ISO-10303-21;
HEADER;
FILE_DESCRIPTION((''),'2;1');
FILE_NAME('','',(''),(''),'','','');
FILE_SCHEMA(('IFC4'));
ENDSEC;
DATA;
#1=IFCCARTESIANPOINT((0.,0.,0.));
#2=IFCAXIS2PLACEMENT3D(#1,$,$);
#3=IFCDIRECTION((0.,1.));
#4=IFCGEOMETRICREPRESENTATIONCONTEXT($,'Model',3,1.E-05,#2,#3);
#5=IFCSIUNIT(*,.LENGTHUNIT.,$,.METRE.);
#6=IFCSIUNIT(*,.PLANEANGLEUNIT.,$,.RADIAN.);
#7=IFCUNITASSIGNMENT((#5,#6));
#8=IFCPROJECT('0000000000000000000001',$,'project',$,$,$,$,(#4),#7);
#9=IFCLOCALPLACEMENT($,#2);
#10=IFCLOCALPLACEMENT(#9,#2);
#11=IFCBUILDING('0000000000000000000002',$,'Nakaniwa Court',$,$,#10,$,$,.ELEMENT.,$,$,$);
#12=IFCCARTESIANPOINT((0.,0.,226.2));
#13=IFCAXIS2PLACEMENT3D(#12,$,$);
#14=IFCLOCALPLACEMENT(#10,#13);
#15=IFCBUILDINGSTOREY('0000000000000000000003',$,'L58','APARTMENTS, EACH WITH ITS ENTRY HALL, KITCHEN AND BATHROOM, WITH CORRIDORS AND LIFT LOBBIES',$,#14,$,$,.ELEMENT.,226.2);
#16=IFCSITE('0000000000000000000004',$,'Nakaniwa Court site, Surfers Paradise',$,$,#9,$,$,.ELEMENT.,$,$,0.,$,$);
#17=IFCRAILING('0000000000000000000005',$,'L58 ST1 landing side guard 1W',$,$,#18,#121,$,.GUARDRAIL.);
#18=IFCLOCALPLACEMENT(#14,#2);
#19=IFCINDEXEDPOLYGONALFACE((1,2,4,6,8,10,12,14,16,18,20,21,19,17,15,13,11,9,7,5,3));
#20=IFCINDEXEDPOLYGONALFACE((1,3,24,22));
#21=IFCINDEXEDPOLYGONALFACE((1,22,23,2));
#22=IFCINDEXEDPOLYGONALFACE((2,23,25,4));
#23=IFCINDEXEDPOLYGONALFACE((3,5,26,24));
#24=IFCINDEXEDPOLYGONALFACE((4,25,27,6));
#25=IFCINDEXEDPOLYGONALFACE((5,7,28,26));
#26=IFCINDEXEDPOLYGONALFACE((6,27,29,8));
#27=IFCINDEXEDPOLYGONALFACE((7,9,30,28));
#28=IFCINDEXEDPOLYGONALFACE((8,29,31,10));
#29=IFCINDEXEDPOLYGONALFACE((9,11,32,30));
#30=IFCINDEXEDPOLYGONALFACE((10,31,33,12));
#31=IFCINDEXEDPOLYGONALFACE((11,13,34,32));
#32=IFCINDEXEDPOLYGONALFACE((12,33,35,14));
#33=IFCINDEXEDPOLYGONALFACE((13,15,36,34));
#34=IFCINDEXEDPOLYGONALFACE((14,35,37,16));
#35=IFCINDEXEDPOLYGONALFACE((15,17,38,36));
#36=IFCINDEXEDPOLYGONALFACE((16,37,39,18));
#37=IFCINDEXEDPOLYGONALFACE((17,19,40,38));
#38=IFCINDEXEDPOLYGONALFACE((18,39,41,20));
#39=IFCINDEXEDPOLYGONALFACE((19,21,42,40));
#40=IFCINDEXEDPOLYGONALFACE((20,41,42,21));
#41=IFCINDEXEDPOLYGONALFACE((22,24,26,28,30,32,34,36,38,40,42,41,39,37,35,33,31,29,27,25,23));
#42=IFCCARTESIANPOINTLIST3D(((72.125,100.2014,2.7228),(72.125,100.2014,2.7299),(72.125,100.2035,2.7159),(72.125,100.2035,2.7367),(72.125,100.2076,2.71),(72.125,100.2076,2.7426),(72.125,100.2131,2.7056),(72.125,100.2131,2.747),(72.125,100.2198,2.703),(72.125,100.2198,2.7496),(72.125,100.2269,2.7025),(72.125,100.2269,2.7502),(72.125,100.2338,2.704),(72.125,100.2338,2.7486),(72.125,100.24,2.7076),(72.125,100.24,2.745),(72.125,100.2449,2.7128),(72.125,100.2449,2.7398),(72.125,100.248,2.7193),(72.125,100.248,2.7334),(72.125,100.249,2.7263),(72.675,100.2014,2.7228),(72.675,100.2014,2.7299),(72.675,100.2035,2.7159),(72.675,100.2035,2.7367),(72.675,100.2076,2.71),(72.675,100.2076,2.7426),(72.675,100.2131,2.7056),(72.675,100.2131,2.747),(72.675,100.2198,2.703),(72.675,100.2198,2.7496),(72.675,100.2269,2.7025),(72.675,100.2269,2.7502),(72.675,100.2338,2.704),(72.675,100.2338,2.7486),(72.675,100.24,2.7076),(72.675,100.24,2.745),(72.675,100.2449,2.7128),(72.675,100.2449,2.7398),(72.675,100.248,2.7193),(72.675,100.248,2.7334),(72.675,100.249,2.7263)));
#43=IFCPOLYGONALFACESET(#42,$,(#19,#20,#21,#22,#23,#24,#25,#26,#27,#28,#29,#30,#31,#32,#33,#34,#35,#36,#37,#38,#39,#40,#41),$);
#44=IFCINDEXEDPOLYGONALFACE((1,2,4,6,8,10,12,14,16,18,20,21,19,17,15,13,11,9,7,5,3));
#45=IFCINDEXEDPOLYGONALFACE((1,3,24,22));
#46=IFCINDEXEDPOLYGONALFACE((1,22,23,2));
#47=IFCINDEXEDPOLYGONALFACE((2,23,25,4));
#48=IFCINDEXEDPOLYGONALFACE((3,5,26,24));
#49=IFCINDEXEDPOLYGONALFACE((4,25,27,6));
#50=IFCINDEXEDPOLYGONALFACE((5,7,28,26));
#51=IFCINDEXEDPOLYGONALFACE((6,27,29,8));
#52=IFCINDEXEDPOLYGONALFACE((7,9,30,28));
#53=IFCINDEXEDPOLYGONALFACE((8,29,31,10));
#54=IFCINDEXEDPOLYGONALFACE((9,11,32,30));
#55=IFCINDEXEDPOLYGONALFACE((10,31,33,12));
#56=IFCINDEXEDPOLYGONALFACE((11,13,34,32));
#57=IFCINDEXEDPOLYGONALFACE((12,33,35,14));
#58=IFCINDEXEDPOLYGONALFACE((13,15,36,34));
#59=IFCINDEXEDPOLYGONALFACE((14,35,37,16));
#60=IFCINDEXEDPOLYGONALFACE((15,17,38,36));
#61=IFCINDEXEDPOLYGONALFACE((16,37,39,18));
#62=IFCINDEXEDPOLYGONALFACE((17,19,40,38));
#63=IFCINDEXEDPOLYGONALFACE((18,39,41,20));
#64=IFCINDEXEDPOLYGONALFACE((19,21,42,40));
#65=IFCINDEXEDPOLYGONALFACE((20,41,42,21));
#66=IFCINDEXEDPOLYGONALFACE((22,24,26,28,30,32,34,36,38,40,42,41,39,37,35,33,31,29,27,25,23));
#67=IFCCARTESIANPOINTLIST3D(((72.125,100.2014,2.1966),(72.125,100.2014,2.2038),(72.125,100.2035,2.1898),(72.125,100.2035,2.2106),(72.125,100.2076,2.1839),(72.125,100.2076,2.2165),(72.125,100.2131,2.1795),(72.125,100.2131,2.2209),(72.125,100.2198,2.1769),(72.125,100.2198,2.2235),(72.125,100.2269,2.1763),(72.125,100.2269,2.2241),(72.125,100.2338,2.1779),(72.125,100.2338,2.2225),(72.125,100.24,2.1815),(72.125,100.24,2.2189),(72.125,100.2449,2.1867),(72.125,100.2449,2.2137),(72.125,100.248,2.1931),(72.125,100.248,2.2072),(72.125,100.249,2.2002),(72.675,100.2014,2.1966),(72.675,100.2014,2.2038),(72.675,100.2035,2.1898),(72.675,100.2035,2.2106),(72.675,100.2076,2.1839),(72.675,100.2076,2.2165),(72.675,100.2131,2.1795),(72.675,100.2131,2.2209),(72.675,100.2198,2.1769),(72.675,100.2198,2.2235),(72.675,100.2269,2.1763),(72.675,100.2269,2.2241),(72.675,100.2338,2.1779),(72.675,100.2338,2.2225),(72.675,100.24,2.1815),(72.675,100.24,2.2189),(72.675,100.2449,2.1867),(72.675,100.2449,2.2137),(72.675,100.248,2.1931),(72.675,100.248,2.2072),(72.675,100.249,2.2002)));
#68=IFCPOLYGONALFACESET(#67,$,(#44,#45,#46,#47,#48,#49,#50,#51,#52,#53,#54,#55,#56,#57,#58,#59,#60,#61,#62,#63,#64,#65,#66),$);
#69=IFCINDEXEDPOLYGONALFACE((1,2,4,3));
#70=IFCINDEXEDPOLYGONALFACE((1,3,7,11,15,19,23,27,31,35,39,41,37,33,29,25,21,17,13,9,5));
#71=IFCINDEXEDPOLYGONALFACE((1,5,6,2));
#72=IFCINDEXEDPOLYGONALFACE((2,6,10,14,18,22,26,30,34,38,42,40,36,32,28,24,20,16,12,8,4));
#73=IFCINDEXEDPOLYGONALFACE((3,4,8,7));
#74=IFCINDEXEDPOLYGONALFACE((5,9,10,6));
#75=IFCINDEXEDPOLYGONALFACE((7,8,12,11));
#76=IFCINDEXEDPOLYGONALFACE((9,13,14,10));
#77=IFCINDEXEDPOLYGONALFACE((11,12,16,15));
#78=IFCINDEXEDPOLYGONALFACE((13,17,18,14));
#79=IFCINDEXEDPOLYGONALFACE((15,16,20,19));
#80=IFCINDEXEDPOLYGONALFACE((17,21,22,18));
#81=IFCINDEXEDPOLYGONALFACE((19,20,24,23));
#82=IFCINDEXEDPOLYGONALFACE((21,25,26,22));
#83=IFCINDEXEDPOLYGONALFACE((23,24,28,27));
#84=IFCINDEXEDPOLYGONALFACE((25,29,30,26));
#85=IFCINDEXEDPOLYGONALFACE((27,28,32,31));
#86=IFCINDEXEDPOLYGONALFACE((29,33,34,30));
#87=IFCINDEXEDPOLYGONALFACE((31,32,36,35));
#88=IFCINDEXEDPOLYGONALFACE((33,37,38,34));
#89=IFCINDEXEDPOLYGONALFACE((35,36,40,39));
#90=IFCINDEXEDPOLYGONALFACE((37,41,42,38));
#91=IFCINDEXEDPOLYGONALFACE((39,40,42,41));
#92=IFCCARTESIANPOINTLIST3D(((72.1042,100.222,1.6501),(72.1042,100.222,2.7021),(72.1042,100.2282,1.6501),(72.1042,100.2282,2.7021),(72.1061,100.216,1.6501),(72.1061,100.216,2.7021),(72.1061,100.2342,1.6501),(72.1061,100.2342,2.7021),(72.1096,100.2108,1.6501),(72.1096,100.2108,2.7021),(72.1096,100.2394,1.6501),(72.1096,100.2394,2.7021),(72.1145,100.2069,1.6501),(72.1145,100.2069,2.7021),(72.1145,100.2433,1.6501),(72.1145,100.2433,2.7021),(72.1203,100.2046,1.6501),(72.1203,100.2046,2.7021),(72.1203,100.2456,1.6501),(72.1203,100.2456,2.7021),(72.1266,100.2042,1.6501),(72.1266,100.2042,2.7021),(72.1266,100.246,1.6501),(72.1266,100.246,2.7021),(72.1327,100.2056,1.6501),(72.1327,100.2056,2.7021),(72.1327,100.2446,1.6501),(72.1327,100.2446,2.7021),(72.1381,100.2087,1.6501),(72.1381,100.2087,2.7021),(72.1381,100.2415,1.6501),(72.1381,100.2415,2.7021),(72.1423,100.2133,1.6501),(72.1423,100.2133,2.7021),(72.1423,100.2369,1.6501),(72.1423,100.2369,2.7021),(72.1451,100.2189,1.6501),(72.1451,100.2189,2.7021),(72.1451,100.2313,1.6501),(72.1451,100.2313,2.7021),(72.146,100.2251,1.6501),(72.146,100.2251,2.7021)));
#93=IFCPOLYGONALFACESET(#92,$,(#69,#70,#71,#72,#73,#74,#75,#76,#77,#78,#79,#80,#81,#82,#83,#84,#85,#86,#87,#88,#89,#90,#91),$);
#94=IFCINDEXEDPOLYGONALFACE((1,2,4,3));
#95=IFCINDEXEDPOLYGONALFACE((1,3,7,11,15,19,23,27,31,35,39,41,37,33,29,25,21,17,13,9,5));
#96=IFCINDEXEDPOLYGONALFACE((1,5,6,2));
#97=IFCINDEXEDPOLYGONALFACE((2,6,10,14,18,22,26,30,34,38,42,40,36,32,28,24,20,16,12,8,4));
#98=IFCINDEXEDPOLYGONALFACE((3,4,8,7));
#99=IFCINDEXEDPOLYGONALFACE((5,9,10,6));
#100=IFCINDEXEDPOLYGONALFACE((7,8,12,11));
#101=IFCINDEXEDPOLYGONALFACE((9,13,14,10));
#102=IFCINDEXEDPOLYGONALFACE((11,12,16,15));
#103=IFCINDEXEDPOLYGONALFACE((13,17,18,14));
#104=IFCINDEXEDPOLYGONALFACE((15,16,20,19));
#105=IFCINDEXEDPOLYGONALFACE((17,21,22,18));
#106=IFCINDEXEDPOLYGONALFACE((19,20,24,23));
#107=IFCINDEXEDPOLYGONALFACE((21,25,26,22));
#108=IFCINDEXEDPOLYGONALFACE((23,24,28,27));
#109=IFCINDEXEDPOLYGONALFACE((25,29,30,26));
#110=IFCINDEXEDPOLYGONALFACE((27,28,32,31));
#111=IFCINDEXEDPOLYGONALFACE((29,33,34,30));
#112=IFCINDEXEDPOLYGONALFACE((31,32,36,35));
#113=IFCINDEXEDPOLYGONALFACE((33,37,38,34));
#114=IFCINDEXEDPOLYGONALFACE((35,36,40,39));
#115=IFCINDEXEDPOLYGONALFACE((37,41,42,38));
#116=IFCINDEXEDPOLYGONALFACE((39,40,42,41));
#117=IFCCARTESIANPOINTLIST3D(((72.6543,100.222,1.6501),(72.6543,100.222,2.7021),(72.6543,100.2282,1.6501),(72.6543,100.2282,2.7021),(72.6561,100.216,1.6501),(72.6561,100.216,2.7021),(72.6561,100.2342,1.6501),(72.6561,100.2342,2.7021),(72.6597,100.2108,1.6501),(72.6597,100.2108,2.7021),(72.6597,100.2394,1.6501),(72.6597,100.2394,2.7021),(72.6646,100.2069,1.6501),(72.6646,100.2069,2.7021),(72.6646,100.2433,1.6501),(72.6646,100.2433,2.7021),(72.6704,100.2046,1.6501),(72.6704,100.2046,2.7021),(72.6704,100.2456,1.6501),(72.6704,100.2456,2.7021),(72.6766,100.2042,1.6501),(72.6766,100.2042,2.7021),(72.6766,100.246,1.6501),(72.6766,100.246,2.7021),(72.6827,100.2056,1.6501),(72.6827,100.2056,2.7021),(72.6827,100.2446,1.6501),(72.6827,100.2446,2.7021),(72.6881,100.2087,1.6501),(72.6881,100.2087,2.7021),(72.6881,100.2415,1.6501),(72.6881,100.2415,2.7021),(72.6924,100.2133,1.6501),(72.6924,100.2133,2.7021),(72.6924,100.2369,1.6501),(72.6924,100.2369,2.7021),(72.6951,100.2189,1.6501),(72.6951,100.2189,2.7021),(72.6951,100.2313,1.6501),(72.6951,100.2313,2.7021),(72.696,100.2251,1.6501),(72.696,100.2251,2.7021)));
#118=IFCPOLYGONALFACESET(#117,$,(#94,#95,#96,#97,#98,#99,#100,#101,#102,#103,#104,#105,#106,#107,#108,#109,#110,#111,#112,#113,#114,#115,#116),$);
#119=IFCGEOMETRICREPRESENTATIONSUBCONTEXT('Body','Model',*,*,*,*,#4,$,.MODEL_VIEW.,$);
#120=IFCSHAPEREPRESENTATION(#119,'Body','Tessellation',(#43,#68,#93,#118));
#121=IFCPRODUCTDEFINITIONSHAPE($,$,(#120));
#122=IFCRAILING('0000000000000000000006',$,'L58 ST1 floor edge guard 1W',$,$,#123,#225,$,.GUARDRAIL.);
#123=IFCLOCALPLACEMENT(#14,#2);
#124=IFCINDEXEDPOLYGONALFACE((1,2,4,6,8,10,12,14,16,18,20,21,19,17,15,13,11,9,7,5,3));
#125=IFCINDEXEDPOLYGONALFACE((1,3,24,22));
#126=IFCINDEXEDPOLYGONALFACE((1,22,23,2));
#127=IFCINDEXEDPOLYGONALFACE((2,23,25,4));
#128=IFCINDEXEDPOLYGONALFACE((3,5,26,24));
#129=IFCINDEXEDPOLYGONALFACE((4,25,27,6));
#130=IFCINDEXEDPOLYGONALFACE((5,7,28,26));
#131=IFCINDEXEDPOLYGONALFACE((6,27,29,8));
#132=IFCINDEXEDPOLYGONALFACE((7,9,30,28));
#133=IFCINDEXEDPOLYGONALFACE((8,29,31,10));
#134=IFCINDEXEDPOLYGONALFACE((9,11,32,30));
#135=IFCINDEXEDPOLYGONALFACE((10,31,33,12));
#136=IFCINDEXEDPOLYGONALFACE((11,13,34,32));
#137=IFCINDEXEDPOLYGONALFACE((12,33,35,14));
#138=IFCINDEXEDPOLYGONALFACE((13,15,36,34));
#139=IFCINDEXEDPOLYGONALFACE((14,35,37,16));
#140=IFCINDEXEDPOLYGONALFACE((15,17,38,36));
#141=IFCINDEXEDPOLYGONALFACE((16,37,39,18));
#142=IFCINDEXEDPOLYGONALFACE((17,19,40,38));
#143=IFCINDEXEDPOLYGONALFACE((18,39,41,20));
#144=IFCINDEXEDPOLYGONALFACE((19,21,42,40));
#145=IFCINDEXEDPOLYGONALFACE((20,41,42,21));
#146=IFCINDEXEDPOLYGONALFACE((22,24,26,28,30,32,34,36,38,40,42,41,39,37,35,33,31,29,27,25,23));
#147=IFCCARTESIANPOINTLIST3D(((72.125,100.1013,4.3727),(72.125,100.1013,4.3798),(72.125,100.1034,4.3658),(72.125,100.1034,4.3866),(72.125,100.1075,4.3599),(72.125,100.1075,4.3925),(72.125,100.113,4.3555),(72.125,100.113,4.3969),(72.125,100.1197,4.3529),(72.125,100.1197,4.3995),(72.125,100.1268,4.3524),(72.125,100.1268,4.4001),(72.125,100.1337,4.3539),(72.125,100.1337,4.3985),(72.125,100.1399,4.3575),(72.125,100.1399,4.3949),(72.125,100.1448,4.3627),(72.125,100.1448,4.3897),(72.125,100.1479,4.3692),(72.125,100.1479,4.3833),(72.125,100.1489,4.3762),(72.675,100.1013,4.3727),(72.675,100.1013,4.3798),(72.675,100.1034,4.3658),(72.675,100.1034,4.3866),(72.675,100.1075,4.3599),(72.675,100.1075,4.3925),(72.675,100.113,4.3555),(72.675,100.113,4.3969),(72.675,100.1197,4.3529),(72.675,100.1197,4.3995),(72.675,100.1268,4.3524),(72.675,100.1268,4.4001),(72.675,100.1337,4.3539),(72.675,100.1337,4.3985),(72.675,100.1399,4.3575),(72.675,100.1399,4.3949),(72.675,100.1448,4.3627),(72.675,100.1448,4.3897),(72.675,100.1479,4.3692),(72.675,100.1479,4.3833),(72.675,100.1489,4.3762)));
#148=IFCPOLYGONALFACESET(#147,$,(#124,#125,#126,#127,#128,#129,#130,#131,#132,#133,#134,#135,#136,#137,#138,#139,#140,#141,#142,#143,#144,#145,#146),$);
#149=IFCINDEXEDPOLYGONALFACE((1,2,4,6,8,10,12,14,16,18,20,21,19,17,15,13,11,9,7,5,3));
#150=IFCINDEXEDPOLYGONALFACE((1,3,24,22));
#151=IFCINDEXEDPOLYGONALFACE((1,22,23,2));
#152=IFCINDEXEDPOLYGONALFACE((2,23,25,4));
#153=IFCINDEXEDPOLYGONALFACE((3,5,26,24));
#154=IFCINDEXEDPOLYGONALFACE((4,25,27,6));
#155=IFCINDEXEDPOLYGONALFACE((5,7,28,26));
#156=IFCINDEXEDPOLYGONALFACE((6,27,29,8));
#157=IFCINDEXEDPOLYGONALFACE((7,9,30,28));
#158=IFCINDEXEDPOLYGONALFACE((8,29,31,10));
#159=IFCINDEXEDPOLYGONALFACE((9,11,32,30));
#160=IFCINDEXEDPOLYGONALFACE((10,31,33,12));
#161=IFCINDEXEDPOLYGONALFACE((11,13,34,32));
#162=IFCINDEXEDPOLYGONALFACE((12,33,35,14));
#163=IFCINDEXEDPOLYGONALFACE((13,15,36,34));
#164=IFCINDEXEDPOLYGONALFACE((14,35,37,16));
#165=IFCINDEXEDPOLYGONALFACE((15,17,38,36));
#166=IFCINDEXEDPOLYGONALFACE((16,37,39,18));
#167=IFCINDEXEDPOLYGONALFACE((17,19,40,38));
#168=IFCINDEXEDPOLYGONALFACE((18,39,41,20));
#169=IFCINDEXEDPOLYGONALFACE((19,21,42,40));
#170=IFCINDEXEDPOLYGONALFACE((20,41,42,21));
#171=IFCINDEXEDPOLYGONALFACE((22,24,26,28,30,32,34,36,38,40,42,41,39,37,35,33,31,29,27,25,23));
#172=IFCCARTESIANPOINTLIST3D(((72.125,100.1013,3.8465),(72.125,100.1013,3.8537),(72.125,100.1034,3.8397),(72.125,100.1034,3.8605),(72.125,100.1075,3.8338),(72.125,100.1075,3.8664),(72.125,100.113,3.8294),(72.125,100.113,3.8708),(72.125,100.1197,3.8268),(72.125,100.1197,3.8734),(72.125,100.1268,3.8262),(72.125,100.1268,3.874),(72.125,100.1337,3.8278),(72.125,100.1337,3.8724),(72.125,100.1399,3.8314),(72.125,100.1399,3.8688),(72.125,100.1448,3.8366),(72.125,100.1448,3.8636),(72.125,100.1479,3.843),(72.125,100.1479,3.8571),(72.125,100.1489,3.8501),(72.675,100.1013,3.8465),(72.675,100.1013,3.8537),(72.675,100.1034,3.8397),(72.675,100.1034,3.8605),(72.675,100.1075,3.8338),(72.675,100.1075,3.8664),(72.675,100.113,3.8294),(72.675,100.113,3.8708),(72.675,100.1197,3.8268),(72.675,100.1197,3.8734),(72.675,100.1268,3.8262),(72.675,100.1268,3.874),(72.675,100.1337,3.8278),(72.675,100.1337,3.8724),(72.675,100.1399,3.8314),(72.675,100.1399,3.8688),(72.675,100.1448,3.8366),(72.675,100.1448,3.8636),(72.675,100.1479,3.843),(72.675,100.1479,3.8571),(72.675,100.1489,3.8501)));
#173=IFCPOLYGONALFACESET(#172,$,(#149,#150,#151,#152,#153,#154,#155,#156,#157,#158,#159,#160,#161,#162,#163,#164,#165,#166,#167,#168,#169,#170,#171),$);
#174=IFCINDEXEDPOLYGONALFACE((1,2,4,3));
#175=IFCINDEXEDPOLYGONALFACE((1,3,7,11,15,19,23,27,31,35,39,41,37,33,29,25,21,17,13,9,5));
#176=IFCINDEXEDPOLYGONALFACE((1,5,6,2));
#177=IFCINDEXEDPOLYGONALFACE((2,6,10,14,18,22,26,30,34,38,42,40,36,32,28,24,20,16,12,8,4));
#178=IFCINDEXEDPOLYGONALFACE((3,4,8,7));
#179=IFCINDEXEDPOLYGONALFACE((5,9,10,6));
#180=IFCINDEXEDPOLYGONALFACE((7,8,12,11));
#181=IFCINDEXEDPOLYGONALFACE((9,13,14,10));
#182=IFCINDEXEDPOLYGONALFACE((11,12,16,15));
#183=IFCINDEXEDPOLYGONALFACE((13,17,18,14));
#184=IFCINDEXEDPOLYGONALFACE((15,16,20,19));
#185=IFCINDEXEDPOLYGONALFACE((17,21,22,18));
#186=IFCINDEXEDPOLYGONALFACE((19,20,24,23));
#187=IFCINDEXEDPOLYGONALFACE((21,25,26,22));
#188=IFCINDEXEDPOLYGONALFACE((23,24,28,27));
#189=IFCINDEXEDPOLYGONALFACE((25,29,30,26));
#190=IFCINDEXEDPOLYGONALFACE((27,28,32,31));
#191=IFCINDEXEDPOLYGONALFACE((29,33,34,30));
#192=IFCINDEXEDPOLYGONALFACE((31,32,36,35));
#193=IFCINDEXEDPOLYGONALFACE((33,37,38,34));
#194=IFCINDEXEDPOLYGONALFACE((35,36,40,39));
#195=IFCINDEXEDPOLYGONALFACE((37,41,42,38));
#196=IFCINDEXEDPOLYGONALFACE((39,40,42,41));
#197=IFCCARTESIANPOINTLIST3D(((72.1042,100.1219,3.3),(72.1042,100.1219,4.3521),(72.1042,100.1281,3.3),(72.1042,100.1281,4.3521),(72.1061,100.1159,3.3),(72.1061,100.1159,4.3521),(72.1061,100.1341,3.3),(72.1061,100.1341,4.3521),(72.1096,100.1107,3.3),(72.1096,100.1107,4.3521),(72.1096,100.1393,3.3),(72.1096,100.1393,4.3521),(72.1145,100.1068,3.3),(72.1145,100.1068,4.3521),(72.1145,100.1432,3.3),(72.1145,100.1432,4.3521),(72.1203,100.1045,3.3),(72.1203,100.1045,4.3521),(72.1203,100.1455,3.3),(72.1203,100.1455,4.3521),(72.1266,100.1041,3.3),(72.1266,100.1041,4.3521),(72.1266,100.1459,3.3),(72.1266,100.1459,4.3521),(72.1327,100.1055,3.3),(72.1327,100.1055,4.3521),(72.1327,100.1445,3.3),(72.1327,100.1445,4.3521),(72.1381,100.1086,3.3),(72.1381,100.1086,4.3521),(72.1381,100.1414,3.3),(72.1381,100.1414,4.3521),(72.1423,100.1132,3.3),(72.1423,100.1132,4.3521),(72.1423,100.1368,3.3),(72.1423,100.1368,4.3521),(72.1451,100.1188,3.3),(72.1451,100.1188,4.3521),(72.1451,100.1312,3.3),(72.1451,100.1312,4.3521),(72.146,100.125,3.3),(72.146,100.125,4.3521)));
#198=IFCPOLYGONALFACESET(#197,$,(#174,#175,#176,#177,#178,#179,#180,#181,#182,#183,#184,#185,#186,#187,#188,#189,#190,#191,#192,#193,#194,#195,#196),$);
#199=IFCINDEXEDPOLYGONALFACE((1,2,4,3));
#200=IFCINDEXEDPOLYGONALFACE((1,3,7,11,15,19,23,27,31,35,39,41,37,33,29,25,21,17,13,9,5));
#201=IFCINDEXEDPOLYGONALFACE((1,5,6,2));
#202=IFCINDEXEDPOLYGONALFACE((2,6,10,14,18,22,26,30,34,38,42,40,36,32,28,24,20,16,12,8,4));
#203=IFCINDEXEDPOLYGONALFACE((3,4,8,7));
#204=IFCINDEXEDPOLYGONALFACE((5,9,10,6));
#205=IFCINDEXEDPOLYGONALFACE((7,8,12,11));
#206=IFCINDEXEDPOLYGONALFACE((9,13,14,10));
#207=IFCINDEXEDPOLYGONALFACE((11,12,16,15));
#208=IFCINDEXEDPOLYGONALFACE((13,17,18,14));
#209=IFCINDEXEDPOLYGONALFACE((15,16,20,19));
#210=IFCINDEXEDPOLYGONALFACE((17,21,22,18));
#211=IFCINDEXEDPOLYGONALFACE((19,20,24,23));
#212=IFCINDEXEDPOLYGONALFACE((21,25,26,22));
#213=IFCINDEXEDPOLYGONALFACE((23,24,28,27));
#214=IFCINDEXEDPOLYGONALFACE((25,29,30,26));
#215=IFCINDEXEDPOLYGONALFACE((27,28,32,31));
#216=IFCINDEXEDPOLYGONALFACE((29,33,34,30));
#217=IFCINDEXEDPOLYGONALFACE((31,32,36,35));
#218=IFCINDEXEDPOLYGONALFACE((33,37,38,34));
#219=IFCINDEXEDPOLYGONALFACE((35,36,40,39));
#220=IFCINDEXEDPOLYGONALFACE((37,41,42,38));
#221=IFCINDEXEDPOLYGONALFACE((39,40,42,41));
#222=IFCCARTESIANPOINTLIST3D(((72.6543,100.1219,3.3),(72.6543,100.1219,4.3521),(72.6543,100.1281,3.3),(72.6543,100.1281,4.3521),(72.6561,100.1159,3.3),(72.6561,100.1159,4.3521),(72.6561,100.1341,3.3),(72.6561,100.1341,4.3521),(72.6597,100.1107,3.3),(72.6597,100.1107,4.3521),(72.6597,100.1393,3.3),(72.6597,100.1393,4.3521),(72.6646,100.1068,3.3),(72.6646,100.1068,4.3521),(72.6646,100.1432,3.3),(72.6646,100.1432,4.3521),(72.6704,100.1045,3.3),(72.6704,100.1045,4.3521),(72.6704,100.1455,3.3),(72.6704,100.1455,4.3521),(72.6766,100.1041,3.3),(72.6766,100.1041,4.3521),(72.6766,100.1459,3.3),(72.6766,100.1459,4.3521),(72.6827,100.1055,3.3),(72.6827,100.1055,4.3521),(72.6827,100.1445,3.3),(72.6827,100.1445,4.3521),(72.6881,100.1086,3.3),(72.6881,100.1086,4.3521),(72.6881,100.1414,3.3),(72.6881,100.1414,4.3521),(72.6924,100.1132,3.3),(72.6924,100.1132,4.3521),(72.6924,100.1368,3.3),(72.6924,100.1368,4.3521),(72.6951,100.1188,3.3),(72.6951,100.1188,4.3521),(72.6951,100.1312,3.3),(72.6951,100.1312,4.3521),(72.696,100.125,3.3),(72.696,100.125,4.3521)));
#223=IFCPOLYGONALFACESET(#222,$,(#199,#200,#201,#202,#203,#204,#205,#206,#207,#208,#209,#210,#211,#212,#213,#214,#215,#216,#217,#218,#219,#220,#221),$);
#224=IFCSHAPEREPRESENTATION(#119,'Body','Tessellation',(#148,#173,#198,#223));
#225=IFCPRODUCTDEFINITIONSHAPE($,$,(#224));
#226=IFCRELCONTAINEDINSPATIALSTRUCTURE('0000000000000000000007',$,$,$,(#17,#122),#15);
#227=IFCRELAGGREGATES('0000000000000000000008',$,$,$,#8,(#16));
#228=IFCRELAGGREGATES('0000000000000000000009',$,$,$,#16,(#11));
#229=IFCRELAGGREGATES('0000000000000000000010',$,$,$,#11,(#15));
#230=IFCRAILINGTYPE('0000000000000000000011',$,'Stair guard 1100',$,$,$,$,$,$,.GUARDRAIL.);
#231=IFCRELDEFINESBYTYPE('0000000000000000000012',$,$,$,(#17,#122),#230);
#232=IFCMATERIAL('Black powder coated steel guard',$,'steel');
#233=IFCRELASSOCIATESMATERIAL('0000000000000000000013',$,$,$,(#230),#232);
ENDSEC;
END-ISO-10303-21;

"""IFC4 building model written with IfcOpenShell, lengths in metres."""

from ifc_helpers import new_model, si_unit, direction, frame, origin, origin_2d, place, context, subcontext, project, spatial, circle, extrude, material, type_object, element, save


model = new_model("IFC4")

# Units and contexts
model_context = context("Model", 3, precision=1e-05, world=origin(), true_north=direction((0.0, 1.0)))
body_context = subcontext(model_context, "Body", "Model", "MODEL_VIEW")
ifc_project = project(units=[si_unit("LENGTHUNIT", "METRE"), si_unit("PLANEANGLEUNIT", "RADIAN")], contexts=[model_context])

# Site, building, storey
site_placement = place(None, origin())
site = spatial("IfcSite", under=ifc_project, at=site_placement, Name="Nakaniwa Court site, Surfers Paradise", CompositionType="ELEMENT", RefElevation=0.0)
building_placement = place(site_placement, origin())
building = spatial("IfcBuilding", under=site, at=building_placement, Name="Nakaniwa Court", CompositionType="ELEMENT")
storey_placement = place(building_placement, frame((0.0, 0.0, 226.2)))
storey = spatial("IfcBuildingStorey", under=building, at=storey_placement, Name="L58", Description="APARTMENTS, EACH WITH ITS ENTRY HALL, KITCHEN AND BATHROOM, WITH CORRIDORS AND LIFT LOBBIES", CompositionType="ELEMENT", Elevation=226.2)

# Railings
ifc_material_1 = material(Name="Black powder coated steel guard", Category="steel")
railing_type_1 = type_object("IfcRailingType", Name="Stair guard 1100", PredefinedType="GUARDRAIL", material=ifc_material_1)
for number, where, name in (
    (1, (72.125, 100.2251, 1.6501), "L58 ST1 landing side guard 1W"),
    (2, (72.125, 100.125, 3.3), "L58 ST1 floor edge guard 1W"),
):
    element("IfcRailing", number, at=place(storey_placement, frame(where)), inside=storey, type_object=railing_type_1, Name=name, PredefinedType="GUARDRAIL", context=body_context, shape_type="SweptSolid", body=[
        extrude(circle(Radius=0.0239, at=origin_2d()), frame((0.0, 0.0, 1.0762), z_axis=(1.0, 0.0, 0.0), x_axis=(0.0, 1.0, 0.0)), (0.0, 0.0, 1.0), 0.55),
        extrude(circle(Radius=0.0239, at=origin_2d()), frame((0.0, 0.0, 0.55), z_axis=(1.0, 0.0, 0.0), x_axis=(0.0, 1.0, 0.0)), (0.0, 0.0, 1.0), 0.55),
        extrude(circle(Radius=0.021, at=origin_2d()), origin(), (0.0, 0.0, 1.0), 1.052),
        extrude(circle(Radius=0.021, at=origin_2d()), frame((0.55, 0.0, 0.0)), (0.0, 0.0, 1.0), 1.052),
    ])

save(model, "model.ifc")
